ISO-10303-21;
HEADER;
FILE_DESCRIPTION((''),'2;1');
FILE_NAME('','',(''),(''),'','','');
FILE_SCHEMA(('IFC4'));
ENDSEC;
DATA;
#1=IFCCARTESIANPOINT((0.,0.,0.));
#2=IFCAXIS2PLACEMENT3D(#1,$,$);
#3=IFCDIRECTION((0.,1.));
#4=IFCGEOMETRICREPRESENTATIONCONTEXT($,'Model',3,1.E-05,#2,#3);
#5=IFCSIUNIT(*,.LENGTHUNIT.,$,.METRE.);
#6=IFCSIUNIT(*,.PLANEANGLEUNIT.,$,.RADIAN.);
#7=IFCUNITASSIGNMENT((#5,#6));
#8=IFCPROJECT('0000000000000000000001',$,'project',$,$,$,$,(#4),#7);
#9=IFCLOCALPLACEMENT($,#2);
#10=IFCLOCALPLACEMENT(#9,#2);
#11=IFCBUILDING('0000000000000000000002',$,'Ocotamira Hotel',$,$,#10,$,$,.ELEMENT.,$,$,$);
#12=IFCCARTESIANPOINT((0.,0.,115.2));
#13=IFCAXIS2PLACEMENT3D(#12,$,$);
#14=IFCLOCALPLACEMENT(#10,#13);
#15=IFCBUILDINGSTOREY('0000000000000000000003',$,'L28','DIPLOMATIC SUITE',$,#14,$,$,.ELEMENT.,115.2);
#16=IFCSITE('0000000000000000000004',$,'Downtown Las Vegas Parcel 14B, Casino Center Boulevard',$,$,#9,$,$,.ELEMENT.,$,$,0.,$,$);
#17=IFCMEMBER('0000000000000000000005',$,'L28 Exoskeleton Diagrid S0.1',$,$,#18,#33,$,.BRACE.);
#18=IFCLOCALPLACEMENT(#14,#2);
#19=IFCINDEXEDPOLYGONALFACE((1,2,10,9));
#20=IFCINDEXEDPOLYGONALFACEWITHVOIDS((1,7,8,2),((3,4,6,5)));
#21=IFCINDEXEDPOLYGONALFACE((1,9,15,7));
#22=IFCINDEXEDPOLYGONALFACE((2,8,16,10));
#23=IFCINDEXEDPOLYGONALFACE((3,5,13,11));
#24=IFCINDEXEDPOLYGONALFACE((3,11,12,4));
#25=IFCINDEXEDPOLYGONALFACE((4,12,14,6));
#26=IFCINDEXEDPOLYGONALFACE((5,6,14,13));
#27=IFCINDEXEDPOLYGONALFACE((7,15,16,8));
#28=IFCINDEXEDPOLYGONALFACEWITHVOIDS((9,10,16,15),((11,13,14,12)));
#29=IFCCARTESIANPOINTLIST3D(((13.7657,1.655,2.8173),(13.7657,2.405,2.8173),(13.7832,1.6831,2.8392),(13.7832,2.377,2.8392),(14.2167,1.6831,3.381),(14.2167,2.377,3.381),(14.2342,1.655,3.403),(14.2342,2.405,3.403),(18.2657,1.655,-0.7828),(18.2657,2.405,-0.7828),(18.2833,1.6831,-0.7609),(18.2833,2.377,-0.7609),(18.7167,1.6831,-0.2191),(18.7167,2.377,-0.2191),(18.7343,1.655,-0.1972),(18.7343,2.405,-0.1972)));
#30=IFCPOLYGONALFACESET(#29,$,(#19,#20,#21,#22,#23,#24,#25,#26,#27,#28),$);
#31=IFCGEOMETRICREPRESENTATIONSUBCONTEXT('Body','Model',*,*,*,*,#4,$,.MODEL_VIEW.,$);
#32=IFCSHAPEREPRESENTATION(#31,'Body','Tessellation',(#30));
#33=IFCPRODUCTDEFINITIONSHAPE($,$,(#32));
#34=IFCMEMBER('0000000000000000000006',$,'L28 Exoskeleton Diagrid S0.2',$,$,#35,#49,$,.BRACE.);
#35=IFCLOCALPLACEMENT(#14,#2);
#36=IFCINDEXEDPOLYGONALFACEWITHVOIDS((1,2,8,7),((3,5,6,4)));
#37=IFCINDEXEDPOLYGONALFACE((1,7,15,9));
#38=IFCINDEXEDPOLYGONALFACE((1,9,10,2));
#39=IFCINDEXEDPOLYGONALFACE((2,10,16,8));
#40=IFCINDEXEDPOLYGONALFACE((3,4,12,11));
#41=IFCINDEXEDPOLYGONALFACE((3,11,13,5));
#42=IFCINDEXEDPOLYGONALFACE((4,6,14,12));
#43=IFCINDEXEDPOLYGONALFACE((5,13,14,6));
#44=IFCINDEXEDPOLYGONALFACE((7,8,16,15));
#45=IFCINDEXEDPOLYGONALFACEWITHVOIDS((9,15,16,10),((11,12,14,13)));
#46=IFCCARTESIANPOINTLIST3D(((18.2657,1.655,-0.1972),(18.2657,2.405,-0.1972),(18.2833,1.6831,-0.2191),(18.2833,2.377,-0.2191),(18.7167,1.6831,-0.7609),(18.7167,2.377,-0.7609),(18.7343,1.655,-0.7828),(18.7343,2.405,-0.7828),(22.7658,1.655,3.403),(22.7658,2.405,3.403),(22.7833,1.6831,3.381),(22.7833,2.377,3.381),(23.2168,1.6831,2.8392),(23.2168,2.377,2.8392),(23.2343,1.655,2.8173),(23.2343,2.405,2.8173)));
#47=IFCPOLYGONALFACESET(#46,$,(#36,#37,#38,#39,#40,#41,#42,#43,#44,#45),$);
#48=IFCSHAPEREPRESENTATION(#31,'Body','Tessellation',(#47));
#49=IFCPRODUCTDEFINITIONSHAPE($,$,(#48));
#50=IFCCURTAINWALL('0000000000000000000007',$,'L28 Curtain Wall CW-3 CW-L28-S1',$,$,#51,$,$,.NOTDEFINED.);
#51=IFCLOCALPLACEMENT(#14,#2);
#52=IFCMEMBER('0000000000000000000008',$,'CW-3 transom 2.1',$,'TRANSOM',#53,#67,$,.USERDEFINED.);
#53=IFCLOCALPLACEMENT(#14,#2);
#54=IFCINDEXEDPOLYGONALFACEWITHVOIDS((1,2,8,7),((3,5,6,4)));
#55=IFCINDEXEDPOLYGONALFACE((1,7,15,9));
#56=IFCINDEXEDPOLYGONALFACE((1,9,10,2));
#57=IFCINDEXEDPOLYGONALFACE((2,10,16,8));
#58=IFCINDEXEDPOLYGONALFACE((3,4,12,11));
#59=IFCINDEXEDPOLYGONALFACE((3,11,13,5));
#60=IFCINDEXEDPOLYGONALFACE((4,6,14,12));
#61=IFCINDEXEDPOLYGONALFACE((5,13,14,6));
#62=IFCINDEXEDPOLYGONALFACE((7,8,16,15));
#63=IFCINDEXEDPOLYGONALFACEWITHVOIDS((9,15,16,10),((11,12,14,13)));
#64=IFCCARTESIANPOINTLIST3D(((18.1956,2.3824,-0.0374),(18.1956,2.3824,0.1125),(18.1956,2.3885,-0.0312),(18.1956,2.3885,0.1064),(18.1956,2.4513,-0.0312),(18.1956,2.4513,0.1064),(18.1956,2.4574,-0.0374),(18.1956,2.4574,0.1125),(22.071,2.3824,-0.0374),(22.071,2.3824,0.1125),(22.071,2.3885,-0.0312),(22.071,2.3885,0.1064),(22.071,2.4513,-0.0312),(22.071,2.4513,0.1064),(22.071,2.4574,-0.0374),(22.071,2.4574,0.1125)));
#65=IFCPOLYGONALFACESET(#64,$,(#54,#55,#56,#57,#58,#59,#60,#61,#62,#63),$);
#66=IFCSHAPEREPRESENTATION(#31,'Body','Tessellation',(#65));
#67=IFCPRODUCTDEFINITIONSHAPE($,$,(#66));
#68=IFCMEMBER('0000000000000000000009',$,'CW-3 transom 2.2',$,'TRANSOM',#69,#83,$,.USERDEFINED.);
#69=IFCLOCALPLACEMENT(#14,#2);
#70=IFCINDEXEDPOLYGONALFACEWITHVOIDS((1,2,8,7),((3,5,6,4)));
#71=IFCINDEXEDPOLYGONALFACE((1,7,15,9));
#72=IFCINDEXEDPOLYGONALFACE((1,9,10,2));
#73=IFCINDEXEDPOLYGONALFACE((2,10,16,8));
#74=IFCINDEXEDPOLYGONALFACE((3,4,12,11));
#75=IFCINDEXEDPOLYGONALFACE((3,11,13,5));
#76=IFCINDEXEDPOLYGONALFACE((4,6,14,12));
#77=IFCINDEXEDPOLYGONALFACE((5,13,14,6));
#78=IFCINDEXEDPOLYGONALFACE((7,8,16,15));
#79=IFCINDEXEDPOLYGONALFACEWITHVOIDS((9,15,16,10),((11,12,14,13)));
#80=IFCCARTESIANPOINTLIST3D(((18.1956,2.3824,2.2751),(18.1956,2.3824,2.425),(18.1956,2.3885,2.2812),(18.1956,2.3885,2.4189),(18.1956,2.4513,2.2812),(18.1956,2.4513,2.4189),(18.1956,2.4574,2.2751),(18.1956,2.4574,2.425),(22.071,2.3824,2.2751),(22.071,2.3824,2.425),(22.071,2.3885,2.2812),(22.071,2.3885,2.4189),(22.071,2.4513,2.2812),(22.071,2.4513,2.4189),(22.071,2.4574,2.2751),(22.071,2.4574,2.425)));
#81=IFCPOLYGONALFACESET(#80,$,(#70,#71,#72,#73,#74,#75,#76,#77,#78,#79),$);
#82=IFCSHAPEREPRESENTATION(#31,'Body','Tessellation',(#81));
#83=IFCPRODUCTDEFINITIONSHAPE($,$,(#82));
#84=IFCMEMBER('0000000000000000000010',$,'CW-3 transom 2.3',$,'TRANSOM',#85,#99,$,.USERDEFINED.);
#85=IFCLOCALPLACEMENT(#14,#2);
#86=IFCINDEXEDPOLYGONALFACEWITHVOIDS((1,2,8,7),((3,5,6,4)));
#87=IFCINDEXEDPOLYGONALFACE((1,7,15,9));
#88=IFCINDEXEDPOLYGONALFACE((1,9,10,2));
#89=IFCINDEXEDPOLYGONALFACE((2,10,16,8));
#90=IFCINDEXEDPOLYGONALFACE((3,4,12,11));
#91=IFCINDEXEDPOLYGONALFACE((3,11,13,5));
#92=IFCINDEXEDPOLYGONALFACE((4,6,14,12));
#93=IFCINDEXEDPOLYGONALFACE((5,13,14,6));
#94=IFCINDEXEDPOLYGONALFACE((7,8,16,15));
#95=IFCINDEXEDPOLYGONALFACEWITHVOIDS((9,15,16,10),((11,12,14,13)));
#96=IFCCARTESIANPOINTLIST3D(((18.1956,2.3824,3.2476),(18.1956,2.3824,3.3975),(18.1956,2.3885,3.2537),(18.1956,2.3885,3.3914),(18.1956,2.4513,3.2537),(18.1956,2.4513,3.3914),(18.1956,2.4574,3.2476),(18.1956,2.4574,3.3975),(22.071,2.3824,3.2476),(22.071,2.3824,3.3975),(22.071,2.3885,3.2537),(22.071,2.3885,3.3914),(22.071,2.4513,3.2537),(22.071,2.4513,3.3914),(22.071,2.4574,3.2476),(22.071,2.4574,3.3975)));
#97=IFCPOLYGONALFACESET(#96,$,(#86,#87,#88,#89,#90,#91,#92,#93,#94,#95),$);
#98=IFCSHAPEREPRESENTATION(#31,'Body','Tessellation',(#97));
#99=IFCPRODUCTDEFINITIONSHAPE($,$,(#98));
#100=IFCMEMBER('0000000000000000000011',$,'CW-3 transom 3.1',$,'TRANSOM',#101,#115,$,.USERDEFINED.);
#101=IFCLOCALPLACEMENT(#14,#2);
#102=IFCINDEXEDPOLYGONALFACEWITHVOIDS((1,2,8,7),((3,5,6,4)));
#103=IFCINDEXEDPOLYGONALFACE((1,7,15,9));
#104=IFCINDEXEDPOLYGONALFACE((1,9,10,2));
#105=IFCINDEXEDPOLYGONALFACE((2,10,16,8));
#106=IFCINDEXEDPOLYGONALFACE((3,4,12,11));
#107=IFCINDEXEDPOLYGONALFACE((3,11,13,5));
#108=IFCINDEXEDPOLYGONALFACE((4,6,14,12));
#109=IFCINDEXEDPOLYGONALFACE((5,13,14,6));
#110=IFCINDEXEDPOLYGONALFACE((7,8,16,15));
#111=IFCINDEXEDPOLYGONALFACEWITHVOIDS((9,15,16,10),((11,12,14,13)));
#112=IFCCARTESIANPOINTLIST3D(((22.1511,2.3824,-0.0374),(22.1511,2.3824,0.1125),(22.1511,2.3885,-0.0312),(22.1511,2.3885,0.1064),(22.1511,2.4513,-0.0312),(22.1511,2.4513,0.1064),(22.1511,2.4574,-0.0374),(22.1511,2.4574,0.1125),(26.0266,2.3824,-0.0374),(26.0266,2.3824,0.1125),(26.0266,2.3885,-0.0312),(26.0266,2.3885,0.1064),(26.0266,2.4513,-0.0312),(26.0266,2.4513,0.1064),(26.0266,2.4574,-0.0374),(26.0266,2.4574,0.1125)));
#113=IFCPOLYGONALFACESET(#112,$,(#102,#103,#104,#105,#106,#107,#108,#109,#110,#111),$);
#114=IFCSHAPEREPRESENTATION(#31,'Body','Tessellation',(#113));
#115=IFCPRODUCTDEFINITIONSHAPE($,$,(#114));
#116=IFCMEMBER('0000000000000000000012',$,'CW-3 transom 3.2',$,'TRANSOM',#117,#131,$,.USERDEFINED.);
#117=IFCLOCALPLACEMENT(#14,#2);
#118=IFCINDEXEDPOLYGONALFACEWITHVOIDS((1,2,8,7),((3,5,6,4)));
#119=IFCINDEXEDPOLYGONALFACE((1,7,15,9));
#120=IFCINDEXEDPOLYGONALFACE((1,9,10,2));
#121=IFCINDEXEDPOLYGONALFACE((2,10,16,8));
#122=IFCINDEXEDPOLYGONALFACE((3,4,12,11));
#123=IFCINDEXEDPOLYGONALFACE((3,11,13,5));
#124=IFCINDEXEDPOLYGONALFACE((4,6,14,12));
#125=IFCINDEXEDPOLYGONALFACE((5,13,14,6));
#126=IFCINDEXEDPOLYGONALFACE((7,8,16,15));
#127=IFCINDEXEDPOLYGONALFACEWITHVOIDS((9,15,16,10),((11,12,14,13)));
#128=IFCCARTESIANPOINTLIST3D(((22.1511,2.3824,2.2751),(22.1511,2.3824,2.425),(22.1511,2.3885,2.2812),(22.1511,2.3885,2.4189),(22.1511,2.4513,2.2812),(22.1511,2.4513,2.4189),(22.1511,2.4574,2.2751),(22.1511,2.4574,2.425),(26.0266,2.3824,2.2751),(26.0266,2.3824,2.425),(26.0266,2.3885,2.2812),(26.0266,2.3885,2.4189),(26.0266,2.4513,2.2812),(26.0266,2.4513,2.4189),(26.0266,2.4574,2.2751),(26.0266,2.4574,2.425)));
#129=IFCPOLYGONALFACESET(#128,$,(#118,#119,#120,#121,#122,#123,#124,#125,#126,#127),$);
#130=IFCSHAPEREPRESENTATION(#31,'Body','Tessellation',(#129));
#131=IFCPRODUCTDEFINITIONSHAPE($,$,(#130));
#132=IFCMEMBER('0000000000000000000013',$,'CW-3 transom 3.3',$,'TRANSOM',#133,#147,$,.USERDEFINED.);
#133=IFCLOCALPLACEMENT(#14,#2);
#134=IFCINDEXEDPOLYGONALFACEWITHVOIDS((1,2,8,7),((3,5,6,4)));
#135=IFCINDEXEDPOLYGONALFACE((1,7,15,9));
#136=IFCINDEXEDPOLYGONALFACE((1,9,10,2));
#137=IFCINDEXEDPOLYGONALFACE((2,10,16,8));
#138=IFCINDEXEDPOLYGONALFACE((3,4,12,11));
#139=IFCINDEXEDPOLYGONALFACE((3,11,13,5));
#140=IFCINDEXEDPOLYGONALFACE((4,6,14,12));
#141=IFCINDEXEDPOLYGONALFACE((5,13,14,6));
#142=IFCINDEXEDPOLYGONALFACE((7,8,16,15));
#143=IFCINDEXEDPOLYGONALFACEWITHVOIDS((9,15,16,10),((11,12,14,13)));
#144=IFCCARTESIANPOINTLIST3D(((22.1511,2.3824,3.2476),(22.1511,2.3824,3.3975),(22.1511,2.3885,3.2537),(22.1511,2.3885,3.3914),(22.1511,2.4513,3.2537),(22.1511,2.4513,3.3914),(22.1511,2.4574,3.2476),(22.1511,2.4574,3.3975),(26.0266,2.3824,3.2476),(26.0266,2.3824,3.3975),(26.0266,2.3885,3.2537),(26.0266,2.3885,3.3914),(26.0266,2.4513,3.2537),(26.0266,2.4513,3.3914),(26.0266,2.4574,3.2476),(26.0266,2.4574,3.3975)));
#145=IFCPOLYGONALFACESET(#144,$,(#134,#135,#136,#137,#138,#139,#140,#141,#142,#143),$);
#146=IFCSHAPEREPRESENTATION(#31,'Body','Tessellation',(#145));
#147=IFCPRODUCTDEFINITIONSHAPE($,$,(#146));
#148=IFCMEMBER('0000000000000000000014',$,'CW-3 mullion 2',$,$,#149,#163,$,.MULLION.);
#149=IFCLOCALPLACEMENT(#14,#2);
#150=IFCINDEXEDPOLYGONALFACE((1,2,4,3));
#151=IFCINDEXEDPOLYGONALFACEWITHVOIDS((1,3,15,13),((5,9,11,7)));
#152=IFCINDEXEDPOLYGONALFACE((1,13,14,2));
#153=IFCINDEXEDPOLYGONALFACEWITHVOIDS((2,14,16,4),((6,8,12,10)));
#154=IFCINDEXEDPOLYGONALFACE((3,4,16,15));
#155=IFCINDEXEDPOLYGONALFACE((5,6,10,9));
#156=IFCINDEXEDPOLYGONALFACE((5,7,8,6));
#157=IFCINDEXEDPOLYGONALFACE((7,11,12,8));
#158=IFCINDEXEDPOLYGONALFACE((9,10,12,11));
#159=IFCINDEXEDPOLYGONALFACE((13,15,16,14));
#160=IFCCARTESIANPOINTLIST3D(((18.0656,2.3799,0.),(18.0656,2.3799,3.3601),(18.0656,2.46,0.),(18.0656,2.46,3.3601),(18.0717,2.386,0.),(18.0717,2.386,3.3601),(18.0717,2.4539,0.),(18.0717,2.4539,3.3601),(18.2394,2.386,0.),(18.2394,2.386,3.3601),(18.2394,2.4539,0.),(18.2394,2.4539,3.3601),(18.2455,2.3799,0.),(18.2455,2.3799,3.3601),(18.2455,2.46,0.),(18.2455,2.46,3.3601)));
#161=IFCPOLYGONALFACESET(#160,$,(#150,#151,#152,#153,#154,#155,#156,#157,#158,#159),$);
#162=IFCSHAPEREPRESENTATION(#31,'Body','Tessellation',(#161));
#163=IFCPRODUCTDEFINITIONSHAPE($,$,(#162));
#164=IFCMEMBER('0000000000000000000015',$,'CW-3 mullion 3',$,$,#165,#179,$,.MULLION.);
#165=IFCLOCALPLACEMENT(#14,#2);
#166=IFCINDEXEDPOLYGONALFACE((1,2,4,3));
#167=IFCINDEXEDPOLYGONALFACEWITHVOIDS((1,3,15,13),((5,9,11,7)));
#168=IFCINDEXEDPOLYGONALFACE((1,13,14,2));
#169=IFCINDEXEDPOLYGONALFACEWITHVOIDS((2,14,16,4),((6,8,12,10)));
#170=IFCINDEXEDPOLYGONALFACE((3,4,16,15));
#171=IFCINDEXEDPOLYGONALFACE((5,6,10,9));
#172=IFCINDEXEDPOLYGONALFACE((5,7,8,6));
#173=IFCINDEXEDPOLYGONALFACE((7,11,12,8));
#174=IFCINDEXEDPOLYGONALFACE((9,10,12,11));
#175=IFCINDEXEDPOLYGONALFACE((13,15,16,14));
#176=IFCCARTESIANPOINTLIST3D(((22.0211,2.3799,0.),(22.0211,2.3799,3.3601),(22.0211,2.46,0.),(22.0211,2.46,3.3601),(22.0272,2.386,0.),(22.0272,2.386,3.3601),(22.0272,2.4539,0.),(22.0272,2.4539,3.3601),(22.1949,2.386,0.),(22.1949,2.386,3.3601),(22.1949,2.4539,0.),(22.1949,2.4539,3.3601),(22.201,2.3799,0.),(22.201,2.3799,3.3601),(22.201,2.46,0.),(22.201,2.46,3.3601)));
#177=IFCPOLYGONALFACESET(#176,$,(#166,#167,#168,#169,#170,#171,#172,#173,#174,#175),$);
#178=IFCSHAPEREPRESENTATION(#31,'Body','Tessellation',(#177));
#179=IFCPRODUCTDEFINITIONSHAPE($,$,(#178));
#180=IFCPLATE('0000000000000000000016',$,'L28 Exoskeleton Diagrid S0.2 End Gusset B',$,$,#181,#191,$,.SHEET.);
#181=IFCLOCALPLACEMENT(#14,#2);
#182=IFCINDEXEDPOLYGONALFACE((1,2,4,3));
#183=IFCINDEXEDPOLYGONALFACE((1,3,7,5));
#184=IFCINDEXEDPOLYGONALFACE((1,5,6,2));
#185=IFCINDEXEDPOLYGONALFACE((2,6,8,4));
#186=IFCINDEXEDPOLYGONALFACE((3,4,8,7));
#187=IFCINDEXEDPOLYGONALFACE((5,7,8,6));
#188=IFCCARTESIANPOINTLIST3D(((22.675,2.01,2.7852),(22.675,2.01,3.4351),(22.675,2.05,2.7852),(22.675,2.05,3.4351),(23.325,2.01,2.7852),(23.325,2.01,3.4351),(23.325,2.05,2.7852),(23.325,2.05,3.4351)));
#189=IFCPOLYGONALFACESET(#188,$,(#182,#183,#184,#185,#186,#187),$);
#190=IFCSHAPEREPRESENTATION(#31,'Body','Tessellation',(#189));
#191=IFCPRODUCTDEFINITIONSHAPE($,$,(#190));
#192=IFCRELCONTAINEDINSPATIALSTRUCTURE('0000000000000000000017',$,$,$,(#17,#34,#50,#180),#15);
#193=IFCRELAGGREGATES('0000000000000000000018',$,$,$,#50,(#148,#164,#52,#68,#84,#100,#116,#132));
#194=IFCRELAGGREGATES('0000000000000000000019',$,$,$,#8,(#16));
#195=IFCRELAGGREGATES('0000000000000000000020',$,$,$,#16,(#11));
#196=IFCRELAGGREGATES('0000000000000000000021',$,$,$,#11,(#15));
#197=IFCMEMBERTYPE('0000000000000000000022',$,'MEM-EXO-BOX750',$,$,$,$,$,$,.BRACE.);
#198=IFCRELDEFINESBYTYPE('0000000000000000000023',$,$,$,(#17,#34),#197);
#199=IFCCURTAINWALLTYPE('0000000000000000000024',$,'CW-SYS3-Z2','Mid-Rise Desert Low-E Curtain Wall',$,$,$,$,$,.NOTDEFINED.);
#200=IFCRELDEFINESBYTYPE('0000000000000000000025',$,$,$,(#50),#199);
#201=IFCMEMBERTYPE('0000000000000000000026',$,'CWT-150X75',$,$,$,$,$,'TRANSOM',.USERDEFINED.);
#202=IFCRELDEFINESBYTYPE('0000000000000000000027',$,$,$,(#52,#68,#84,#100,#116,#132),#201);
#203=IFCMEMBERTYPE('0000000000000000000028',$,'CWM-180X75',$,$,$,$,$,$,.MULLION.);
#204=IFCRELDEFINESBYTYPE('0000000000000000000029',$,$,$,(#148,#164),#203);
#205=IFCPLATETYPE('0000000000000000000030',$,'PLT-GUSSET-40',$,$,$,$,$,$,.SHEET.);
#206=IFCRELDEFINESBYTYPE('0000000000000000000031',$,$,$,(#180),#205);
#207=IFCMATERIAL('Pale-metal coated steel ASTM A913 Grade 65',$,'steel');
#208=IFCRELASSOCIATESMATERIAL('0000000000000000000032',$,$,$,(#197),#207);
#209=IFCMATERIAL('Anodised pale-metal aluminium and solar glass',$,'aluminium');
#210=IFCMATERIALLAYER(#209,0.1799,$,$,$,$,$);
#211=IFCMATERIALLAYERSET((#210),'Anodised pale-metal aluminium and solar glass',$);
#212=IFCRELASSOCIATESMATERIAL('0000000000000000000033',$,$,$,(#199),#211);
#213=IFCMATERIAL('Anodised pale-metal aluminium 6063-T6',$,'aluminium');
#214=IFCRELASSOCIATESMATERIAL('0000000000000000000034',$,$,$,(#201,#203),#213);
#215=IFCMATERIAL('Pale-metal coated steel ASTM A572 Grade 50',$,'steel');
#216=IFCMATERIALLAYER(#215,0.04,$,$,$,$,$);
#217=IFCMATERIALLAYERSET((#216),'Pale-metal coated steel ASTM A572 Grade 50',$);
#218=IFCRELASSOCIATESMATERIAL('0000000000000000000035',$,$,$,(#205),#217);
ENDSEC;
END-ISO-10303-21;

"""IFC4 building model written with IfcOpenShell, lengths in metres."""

from ifc_helpers import new_model, si_unit, direction, frame, origin, origin_2d, place, context, subcontext, project, spatial, rectangle, hollow_rectangle, extrude, source, transform, mapped, material, layer, layer_set, material_profile, profile_set, type_object, element, aggregate, save


model = new_model("IFC4")

# Units and contexts
model_context = context("Model", 3, precision=1e-05, world=origin(), true_north=direction((0.0, 1.0)))
body_context = subcontext(model_context, "Body", "Model", "MODEL_VIEW")
ifc_project = project(units=[si_unit("LENGTHUNIT", "METRE"), si_unit("PLANEANGLEUNIT", "RADIAN")], contexts=[model_context])

# Site, building, storey
site_placement = place(None, origin())
site = spatial("IfcSite", under=ifc_project, at=site_placement, Name="Downtown Las Vegas Parcel 14B, Casino Center Boulevard", CompositionType="ELEMENT", RefElevation=0.0)
building_placement = place(site_placement, origin())
building = spatial("IfcBuilding", under=site, at=building_placement, Name="Ocotamira Hotel", CompositionType="ELEMENT")
storey_placement = place(building_placement, frame((0.0, 0.0, 115.2)))
storey = spatial("IfcBuildingStorey", under=building, at=storey_placement, Name="L28", Description="DIPLOMATIC SUITE", CompositionType="ELEMENT", Elevation=115.2)

# Members
ifc_material_1 = material(Name="Pale-metal coated steel ASTM A913 Grade 65", Category="steel")
ifc_material_profile_1 = material_profile(ifc_material_1, hollow_rectangle(XDim=0.75, YDim=0.75, WallThickness=0.0281, at=origin_2d()), Name="BOX750X750X28")
ifc_profile_set_1 = profile_set([ifc_material_profile_1], Name="Pale-metal coated steel ASTM A913 Grade 65")
member_type_1 = type_object("IfcMemberType", Name="MEM-EXO-BOX750", PredefinedType="BRACE", material=ifc_profile_set_1)
shared_shape_1 = source(origin(), body_context, "Body", "SweptSolid", [
    extrude(hollow_rectangle(XDim=0.75, YDim=0.75, WallThickness=0.0281, at=origin_2d()), origin(), (0.0, 0.0, 1.0), 5.7629),
])
for number, where, z_axis, x_axis, name in (
    (1, (18.5, 2.03, -0.49), (-0.780861, 0.0, 0.624705), (0.0, -1.0, 0.0), "L28 Exoskeleton Diagrid S0.1"),
    (2, (18.5, 2.03, -0.49), (0.780861, 0.0, 0.624705), (0.0, 1.0, 0.0), "L28 Exoskeleton Diagrid S0.2"),
):
    element("IfcMember", number, at=place(storey_placement, frame(where, z_axis=z_axis, x_axis=x_axis)), inside=storey, type_object=member_type_1, Name=name, PredefinedType="BRACE", context=body_context, shape_type="MappedRepresentation", body=[
        mapped(shared_shape_1, transform((0.0, 0.0, 0.0), scale=1.0)),
    ])

# Curtain wall, members
ifc_material_2 = material(Name="Anodised pale-metal aluminium and solar glass", Category="aluminium")
ifc_layer_1 = layer(ifc_material_2, 0.1799)
ifc_layer_set_1 = layer_set([ifc_layer_1], Name="Anodised pale-metal aluminium and solar glass")
curtain_wall_type = type_object("IfcCurtainWallType", Name="CW-SYS3-Z2", Description="Mid-Rise Desert Low-E Curtain Wall", PredefinedType="NOTDEFINED", material=ifc_layer_set_1)
curtain_wall_placement = place(storey_placement, origin())
curtain_wall = element("IfcCurtainWall", 3, at=curtain_wall_placement, inside=storey, type_object=curtain_wall_type, Name="L28 Curtain Wall CW-3 CW-L28-S1", PredefinedType="NOTDEFINED")
ifc_material_3 = material(Name="Anodised pale-metal aluminium 6063-T6", Category="aluminium")
ifc_material_profile_2 = material_profile(ifc_material_3, hollow_rectangle(XDim=0.075, YDim=0.1499, WallThickness=0.0061, at=origin_2d()), Name="HSS150X75X6")
ifc_profile_set_2 = profile_set([ifc_material_profile_2], Name="Anodised pale-metal aluminium 6063-T6")
member_type_2 = type_object("IfcMemberType", Name="CWT-150X75", ElementType="TRANSOM", PredefinedType="USERDEFINED", material=ifc_profile_set_2)
shared_shape_2 = source(origin(), body_context, "Body", "SweptSolid", [
    extrude(hollow_rectangle(XDim=0.075, YDim=0.1499, WallThickness=0.0061, at=origin_2d()), origin(), (0.0, 0.0, 1.0), 3.8755),
])
member_1_placement = place(storey_placement, frame((18.1956, 2.4199, 0.0376), z_axis=(1.0, 0.0, 0.0), x_axis=(0.0, 1.0, 0.0)))
member_1 = element("IfcMember", 4, at=member_1_placement, type_object=member_type_2, Name="CW-3 transom 2.1", ObjectType="TRANSOM", PredefinedType="USERDEFINED", context=body_context, shape_type="MappedRepresentation", body=[
    mapped(shared_shape_2, transform((0.0, 0.0, 0.0), scale=1.0)),
])
member_2_placement = place(storey_placement, frame((18.1956, 2.4199, 2.3501), z_axis=(1.0, 0.0, 0.0), x_axis=(0.0, 1.0, 0.0)))
member_2 = element("IfcMember", 5, at=member_2_placement, type_object=member_type_2, Name="CW-3 transom 2.2", ObjectType="TRANSOM", PredefinedType="USERDEFINED", context=body_context, shape_type="MappedRepresentation", body=[
    mapped(shared_shape_2, transform((0.0, 0.0, 0.0), scale=1.0)),
])
member_3_placement = place(storey_placement, frame((18.1956, 2.4199, 3.3225), z_axis=(1.0, 0.0, 0.0), x_axis=(0.0, 1.0, 0.0)))
member_3 = element("IfcMember", 6, at=member_3_placement, type_object=member_type_2, Name="CW-3 transom 2.3", ObjectType="TRANSOM", PredefinedType="USERDEFINED", context=body_context, shape_type="MappedRepresentation", body=[
    mapped(shared_shape_2, transform((0.0, 0.0, 0.0), scale=1.0)),
])
member_4_placement = place(storey_placement, frame((22.1511, 2.4199, 0.0376), z_axis=(1.0, 0.0, 0.0), x_axis=(0.0, 1.0, 0.0)))
member_4 = element("IfcMember", 7, at=member_4_placement, type_object=member_type_2, Name="CW-3 transom 3.1", ObjectType="TRANSOM", PredefinedType="USERDEFINED", context=body_context, shape_type="MappedRepresentation", body=[
    mapped(shared_shape_2, transform((0.0, 0.0, 0.0), scale=1.0)),
])
member_5_placement = place(storey_placement, frame((22.1511, 2.4199, 2.3501), z_axis=(1.0, 0.0, 0.0), x_axis=(0.0, 1.0, 0.0)))
member_5 = element("IfcMember", 8, at=member_5_placement, type_object=member_type_2, Name="CW-3 transom 3.2", ObjectType="TRANSOM", PredefinedType="USERDEFINED", context=body_context, shape_type="MappedRepresentation", body=[
    mapped(shared_shape_2, transform((0.0, 0.0, 0.0), scale=1.0)),
])
member_6_placement = place(storey_placement, frame((22.1511, 2.4199, 3.3225), z_axis=(1.0, 0.0, 0.0), x_axis=(0.0, 1.0, 0.0)))
member_6 = element("IfcMember", 9, at=member_6_placement, type_object=member_type_2, Name="CW-3 transom 3.3", ObjectType="TRANSOM", PredefinedType="USERDEFINED", context=body_context, shape_type="MappedRepresentation", body=[
    mapped(shared_shape_2, transform((0.0, 0.0, 0.0), scale=1.0)),
])
ifc_material_profile_3 = material_profile(ifc_material_3, hollow_rectangle(XDim=0.0801, YDim=0.1799, WallThickness=0.0061, at=origin_2d()), Name="HSS180X80X6")
ifc_profile_set_3 = profile_set([ifc_material_profile_3], Name="Anodised pale-metal aluminium 6063-T6")
member_type_3 = type_object("IfcMemberType", Name="CWM-180X75", PredefinedType="MULLION", material=ifc_profile_set_3)
shared_shape_3 = source(origin(), body_context, "Body", "SweptSolid", [
    extrude(hollow_rectangle(XDim=0.0801, YDim=0.1799, WallThickness=0.0061, at=origin_2d()), origin(), (0.0, 0.0, 1.0), 3.3601),
])
member_7_placement = place(storey_placement, frame((18.1555, 2.4199, 0.0), z_axis=(0.0, 0.0, 1.0), x_axis=(0.0, 1.0, 0.0)))
member_7 = element("IfcMember", 10, at=member_7_placement, type_object=member_type_3, Name="CW-3 mullion 2", PredefinedType="MULLION", context=body_context, shape_type="MappedRepresentation", body=[
    mapped(shared_shape_3, transform((0.0, 0.0, 0.0), scale=1.0)),
])
member_8_placement = place(storey_placement, frame((22.1111, 2.4199, 0.0), z_axis=(0.0, 0.0, 1.0), x_axis=(0.0, 1.0, 0.0)))
member_8 = element("IfcMember", 11, at=member_8_placement, type_object=member_type_3, Name="CW-3 mullion 3", PredefinedType="MULLION", context=body_context, shape_type="MappedRepresentation", body=[
    mapped(shared_shape_3, transform((0.0, 0.0, 0.0), scale=1.0)),
])

# Plate
ifc_material_4 = material(Name="Pale-metal coated steel ASTM A572 Grade 50", Category="steel")
ifc_layer_2 = layer(ifc_material_4, 0.04)
ifc_layer_set_2 = layer_set([ifc_layer_2], Name="Pale-metal coated steel ASTM A572 Grade 50")
plate_type_1 = type_object("IfcPlateType", Name="PLT-GUSSET-40", PredefinedType="SHEET", material=ifc_layer_set_2)
shared_shape_4 = source(origin(), body_context, "Body", "SweptSolid", [
    extrude(rectangle(XDim=0.6499, YDim=0.04, at=origin_2d()), origin(), (0.0, 0.0, 1.0), 0.6499),
])
plate_1_placement = place(storey_placement, frame((23.0, 2.03, 2.7852), z_axis=(0.0, 0.0, 1.0), x_axis=(1.0, 0.0, 0.0)))
element("IfcPlate", 12, at=plate_1_placement, inside=storey, type_object=plate_type_1, Name="L28 Exoskeleton Diagrid S0.2 End Gusset B", PredefinedType="SHEET", context=body_context, shape_type="MappedRepresentation", body=[
    mapped(shared_shape_4, transform((0.0, 0.0, 0.0), scale=1.0)),
])
aggregate(curtain_wall, [member_7, member_8, member_1, member_2, member_3, member_4, member_5, member_6])

save(model, "model.ifc")
